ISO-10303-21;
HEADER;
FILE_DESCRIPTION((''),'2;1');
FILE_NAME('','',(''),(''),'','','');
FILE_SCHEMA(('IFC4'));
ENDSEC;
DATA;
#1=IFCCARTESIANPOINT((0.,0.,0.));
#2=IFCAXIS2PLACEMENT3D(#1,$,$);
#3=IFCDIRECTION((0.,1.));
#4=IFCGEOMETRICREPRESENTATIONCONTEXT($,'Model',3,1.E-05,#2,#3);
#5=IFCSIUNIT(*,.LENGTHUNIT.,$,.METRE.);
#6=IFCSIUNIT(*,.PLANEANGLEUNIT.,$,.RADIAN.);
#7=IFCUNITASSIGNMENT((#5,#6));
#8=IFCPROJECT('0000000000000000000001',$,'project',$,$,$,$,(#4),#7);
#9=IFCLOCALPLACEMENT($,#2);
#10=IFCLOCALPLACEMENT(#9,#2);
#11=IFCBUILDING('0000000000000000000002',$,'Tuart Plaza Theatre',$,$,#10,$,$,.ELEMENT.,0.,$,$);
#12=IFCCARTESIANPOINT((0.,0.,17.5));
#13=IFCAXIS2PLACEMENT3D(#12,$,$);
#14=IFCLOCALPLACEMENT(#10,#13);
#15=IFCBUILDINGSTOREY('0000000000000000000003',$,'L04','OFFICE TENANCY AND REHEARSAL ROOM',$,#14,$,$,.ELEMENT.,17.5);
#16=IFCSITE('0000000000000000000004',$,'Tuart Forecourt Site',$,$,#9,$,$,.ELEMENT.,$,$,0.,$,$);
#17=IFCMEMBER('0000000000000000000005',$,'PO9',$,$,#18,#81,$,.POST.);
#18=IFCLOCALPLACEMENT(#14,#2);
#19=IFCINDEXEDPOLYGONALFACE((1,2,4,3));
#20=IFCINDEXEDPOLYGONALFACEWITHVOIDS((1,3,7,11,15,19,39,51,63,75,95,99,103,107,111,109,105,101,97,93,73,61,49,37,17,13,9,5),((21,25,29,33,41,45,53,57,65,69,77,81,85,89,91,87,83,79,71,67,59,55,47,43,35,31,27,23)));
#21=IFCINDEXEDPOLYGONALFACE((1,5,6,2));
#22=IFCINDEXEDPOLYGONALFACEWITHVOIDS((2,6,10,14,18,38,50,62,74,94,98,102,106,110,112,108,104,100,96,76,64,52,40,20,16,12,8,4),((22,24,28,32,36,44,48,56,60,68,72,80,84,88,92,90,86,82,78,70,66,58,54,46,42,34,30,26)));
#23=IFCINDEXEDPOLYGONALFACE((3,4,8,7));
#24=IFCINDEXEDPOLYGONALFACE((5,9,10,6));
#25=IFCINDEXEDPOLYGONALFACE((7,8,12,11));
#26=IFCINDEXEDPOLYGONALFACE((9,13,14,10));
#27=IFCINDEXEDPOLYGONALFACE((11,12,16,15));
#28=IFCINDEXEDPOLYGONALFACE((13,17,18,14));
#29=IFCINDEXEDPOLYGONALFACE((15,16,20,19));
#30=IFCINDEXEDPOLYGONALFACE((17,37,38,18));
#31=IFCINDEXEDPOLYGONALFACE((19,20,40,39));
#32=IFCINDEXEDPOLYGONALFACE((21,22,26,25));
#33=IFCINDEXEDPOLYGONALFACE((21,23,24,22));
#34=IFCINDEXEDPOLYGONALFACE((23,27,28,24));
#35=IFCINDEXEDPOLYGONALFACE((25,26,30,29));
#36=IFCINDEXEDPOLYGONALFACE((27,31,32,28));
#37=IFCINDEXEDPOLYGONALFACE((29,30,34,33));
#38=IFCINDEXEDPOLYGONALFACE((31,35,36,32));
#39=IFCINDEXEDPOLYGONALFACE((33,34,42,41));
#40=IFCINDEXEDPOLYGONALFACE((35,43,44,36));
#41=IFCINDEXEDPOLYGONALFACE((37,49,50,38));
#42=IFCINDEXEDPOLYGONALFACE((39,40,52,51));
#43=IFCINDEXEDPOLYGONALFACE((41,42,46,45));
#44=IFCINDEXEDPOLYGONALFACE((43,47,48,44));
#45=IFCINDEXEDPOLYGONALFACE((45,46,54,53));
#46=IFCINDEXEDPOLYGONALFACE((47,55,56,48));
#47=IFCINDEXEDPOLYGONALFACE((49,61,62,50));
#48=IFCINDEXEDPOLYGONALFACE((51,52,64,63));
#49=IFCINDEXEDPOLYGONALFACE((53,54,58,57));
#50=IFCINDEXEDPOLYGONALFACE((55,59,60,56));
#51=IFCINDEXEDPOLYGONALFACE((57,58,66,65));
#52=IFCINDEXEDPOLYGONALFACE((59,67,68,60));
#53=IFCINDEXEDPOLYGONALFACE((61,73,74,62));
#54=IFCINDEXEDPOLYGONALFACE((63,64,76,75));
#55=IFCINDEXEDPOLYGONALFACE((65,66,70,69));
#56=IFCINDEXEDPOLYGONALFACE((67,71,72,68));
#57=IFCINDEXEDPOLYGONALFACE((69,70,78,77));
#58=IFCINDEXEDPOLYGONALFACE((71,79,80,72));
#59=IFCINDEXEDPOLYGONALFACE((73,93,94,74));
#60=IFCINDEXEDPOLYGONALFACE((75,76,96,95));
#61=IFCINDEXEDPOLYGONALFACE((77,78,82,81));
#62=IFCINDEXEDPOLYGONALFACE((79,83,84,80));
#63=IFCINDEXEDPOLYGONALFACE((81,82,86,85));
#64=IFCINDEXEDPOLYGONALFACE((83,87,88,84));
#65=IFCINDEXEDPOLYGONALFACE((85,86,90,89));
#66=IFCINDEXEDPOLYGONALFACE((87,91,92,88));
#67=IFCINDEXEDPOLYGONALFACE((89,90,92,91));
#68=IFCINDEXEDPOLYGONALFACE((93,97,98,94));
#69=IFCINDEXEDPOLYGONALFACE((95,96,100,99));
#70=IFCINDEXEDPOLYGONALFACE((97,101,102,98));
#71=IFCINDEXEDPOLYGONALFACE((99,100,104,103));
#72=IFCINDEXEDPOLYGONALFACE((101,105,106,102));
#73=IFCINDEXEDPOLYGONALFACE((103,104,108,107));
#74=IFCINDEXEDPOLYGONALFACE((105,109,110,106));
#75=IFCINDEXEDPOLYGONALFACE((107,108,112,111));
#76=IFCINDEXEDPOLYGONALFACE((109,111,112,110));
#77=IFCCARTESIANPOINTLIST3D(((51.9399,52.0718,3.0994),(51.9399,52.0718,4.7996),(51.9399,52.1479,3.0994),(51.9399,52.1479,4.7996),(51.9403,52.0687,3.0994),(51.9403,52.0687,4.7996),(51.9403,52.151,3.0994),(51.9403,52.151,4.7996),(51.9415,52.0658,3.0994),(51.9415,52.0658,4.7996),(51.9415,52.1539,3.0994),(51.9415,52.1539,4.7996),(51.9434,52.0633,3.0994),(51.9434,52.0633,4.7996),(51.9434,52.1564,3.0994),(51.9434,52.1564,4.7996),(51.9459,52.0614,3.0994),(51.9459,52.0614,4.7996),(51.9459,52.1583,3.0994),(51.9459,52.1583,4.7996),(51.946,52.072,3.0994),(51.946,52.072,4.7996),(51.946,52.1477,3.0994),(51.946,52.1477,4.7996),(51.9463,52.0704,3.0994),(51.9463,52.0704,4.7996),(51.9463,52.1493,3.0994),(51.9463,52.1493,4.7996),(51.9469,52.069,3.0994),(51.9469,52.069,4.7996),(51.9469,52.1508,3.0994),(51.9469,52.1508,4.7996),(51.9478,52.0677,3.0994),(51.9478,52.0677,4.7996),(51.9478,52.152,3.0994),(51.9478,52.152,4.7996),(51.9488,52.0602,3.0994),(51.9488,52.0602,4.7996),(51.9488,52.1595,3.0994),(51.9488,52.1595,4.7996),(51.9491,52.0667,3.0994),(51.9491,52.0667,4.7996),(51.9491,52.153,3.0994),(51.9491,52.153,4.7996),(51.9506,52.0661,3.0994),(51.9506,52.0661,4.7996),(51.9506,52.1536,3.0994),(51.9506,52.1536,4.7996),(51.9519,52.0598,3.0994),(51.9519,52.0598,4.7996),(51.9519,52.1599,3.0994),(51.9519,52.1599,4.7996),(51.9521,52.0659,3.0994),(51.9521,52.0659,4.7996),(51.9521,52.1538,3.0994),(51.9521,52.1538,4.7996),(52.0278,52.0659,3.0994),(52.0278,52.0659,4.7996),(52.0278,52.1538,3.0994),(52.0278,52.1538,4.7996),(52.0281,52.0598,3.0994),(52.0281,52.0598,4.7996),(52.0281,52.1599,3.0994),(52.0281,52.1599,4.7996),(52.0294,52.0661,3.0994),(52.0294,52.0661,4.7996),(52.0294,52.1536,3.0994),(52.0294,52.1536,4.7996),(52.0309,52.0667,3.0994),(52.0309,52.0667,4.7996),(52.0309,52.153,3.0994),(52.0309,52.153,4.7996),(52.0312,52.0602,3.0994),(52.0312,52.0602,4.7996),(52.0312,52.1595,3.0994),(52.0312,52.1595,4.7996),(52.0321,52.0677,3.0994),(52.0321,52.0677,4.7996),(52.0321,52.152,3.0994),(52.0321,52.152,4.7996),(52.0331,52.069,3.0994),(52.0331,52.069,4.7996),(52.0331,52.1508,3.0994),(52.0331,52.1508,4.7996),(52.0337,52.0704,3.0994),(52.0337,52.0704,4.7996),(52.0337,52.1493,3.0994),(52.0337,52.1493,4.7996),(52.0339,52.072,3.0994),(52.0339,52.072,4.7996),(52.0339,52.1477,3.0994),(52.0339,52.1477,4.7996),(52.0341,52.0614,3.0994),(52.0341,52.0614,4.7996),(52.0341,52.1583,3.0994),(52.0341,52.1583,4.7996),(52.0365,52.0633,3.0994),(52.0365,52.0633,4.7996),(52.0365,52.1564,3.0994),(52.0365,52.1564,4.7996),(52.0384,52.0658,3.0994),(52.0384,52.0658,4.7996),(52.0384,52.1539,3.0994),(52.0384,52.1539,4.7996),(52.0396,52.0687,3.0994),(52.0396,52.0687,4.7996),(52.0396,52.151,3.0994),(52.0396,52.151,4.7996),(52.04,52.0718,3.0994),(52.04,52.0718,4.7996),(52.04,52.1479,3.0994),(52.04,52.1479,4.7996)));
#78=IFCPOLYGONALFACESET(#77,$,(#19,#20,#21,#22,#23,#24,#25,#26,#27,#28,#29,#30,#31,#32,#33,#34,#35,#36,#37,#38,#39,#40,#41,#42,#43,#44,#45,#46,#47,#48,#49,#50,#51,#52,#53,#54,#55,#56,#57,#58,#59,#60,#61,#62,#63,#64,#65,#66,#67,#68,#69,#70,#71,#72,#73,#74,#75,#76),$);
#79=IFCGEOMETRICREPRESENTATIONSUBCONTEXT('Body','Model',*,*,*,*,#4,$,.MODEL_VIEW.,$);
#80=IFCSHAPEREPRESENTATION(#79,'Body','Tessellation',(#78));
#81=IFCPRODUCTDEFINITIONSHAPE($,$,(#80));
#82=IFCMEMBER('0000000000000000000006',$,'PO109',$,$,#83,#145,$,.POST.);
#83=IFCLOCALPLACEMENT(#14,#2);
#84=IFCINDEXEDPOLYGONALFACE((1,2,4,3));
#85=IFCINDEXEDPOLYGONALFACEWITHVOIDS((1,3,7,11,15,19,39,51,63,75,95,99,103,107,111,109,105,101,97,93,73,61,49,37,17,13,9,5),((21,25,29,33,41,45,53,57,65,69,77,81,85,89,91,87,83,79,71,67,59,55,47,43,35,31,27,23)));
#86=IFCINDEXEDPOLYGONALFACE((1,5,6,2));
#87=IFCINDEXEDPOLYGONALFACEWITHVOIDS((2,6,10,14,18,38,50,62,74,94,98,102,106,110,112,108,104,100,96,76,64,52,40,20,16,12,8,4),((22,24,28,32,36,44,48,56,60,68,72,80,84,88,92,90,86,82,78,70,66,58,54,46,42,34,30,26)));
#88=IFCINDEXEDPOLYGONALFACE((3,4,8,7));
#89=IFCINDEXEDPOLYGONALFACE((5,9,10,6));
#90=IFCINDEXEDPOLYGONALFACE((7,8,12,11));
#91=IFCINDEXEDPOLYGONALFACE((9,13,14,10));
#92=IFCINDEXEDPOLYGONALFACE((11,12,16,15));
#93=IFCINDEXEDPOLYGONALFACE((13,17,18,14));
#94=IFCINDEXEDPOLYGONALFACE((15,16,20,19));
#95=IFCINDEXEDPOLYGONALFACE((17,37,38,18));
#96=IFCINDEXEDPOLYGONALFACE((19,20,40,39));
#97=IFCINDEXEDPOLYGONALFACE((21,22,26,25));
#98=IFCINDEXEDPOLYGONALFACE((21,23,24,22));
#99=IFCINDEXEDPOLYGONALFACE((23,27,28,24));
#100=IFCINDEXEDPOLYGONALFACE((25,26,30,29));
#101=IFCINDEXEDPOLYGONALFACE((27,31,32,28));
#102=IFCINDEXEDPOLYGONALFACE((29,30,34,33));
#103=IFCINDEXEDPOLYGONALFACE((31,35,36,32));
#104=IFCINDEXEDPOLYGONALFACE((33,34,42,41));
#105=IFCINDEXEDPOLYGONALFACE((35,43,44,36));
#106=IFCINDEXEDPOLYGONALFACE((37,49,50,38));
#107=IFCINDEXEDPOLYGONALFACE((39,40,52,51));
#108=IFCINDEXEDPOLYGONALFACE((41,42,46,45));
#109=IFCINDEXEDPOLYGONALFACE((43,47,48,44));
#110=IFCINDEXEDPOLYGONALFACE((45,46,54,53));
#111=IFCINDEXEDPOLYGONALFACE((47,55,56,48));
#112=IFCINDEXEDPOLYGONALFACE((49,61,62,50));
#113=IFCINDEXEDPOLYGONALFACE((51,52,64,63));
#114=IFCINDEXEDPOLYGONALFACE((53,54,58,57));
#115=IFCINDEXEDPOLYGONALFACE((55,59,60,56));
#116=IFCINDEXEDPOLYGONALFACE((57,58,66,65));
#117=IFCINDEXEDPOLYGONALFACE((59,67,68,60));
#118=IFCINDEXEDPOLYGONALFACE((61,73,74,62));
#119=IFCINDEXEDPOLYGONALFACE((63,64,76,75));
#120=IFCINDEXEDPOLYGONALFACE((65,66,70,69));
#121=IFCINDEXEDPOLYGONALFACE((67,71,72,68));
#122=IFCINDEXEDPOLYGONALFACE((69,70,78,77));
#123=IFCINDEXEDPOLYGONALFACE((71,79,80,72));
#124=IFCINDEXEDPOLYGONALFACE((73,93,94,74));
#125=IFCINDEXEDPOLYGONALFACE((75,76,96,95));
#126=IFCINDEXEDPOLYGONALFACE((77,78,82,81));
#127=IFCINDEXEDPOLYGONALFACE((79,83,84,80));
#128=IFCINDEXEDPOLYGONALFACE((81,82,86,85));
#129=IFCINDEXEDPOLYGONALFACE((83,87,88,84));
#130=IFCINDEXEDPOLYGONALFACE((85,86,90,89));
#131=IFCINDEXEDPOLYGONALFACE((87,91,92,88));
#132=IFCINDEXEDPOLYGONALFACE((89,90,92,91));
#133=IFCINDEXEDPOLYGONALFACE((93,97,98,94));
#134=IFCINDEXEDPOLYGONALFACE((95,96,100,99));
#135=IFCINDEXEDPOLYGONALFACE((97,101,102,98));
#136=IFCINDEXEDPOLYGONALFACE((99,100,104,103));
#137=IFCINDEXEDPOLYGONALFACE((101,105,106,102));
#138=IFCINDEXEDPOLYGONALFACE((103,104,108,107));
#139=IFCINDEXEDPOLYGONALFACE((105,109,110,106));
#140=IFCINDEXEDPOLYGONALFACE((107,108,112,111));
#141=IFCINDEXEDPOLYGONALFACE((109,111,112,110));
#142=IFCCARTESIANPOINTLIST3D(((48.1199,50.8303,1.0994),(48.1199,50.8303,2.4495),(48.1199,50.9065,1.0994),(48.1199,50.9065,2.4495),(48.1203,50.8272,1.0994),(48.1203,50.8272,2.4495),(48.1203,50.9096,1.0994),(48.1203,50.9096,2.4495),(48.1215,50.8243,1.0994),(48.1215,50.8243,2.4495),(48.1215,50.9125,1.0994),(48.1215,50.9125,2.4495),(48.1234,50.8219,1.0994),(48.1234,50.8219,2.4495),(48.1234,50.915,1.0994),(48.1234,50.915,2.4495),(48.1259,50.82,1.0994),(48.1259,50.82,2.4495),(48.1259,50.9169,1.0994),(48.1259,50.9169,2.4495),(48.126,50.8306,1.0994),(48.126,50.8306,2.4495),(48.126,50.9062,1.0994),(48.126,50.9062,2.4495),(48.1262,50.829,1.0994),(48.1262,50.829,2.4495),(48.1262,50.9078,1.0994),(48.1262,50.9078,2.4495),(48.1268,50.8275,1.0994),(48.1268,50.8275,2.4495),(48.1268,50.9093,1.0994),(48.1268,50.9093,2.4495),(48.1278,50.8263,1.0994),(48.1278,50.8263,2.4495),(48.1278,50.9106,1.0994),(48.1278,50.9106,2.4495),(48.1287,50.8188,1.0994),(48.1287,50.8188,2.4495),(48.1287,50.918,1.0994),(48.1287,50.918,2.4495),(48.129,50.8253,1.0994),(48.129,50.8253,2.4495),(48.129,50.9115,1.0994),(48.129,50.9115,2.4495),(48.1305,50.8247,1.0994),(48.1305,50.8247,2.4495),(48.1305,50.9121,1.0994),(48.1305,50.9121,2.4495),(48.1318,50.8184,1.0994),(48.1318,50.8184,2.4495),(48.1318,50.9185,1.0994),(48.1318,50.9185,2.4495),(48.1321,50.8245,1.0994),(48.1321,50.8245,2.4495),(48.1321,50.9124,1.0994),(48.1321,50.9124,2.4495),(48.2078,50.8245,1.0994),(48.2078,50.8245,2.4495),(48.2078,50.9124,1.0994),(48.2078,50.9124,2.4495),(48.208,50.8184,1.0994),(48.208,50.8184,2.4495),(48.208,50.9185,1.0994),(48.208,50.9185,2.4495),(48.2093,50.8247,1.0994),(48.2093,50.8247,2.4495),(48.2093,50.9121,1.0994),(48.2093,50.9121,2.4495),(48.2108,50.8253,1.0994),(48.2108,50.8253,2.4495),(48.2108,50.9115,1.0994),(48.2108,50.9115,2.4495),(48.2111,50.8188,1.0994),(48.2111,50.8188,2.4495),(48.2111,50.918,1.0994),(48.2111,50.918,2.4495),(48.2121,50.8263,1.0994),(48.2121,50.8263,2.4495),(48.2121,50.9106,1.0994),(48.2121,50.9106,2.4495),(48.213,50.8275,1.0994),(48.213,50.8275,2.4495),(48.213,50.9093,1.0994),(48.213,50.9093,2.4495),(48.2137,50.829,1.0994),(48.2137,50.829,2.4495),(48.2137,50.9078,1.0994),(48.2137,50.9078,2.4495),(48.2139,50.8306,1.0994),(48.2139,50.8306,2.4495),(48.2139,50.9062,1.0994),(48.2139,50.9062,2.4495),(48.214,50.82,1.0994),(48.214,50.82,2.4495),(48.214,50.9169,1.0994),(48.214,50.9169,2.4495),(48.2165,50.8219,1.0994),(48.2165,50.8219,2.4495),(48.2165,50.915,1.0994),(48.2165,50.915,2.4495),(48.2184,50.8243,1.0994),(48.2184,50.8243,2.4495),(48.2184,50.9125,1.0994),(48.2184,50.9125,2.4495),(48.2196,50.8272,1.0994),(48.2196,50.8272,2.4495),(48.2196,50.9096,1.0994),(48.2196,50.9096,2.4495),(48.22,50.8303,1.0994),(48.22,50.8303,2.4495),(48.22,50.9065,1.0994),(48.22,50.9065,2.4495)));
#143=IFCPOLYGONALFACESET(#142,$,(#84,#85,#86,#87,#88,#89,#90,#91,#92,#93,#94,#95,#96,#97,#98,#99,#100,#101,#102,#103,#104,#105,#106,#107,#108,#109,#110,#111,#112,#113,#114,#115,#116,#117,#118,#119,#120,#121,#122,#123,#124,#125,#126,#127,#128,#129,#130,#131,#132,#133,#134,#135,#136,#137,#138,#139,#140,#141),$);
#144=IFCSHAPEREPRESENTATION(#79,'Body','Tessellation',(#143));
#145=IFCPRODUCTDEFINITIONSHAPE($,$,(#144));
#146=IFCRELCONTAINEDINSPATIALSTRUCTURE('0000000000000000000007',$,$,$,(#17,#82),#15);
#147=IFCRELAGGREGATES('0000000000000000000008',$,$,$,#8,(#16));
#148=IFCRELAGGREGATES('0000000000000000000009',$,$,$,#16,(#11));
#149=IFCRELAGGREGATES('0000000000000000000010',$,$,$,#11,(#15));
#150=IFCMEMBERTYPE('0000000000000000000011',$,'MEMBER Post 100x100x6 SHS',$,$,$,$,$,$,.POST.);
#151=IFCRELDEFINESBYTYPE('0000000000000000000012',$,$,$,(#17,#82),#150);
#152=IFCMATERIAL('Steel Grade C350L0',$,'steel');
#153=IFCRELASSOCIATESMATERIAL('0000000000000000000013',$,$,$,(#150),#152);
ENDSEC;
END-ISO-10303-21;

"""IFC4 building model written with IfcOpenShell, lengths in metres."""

from ifc_helpers import new_model, si_unit, direction, frame, origin, origin_2d, place, context, subcontext, project, spatial, hollow_rectangle, extrude, material, material_profile, profile_set, type_object, element, save


model = new_model("IFC4")

# Units and contexts
model_context = context("Model", 3, precision=1e-05, world=origin(), true_north=direction((0.0, 1.0)))
body_context = subcontext(model_context, "Body", "Model", "MODEL_VIEW")
ifc_project = project(units=[si_unit("LENGTHUNIT", "METRE"), si_unit("PLANEANGLEUNIT", "RADIAN")], contexts=[model_context])

# Site, building, storey
site_placement = place(None, origin())
site = spatial("IfcSite", under=ifc_project, at=site_placement, Name="Tuart Forecourt Site", CompositionType="ELEMENT", RefElevation=0.0)
building_placement = place(site_placement, origin())
building = spatial("IfcBuilding", under=site, at=building_placement, Name="Tuart Plaza Theatre", CompositionType="ELEMENT", ElevationOfRefHeight=0.0)
storey_placement = place(building_placement, frame((0.0, 0.0, 17.5)))
storey = spatial("IfcBuildingStorey", under=building, at=storey_placement, Name="L04", Description="OFFICE TENANCY AND REHEARSAL ROOM", CompositionType="ELEMENT", Elevation=17.5)

# Members
ifc_material_1 = material(Name="Steel Grade C350L0", Category="steel")
ifc_material_profile_1 = material_profile(ifc_material_1, hollow_rectangle(XDim=0.1001, YDim=0.1001, WallThickness=0.0061, InnerFilletRadius=0.0061, OuterFilletRadius=0.012, at=origin_2d()), Name="100x100x6 SHS")
ifc_profile_set_1 = profile_set([ifc_material_profile_1], Name="Steel Grade C350L0")
member_type_1 = type_object("IfcMemberType", Name="MEMBER Post 100x100x6 SHS", PredefinedType="POST", material=ifc_profile_set_1)
for number, where, z_axis, x_axis, name in (
    (1, (51.99, 52.1099, 3.0994), (0.0, 0.0, 1.0), (1.0, 0.0, 0.0), "PO9"),
):
    element("IfcMember", number, at=place(storey_placement, frame(where, z_axis=z_axis, x_axis=x_axis)), inside=storey, type_object=member_type_1, Name=name, PredefinedType="POST", context=body_context, shape_type="SweptSolid", body=[
        extrude(hollow_rectangle(XDim=0.1001, YDim=0.1001, WallThickness=0.0061, InnerFilletRadius=0.0061, OuterFilletRadius=0.012, at=origin_2d()), origin(), (0.0, 0.0, 1.0), 1.7002),
    ])
for number, where, z_axis, x_axis, name in (
    (2, (48.1699, 50.8684, 1.0994), (0.0, 0.0, 1.0), (1.0, 0.0, 0.0), "PO109"),
):
    element("IfcMember", number, at=place(storey_placement, frame(where, z_axis=z_axis, x_axis=x_axis)), inside=storey, type_object=member_type_1, Name=name, PredefinedType="POST", context=body_context, shape_type="SweptSolid", body=[
        extrude(hollow_rectangle(XDim=0.1001, YDim=0.1001, WallThickness=0.0061, InnerFilletRadius=0.0061, OuterFilletRadius=0.012, at=origin_2d()), origin(), (0.0, 0.0, 1.0), 1.3501),
    ])

save(model, "model.ifc")
